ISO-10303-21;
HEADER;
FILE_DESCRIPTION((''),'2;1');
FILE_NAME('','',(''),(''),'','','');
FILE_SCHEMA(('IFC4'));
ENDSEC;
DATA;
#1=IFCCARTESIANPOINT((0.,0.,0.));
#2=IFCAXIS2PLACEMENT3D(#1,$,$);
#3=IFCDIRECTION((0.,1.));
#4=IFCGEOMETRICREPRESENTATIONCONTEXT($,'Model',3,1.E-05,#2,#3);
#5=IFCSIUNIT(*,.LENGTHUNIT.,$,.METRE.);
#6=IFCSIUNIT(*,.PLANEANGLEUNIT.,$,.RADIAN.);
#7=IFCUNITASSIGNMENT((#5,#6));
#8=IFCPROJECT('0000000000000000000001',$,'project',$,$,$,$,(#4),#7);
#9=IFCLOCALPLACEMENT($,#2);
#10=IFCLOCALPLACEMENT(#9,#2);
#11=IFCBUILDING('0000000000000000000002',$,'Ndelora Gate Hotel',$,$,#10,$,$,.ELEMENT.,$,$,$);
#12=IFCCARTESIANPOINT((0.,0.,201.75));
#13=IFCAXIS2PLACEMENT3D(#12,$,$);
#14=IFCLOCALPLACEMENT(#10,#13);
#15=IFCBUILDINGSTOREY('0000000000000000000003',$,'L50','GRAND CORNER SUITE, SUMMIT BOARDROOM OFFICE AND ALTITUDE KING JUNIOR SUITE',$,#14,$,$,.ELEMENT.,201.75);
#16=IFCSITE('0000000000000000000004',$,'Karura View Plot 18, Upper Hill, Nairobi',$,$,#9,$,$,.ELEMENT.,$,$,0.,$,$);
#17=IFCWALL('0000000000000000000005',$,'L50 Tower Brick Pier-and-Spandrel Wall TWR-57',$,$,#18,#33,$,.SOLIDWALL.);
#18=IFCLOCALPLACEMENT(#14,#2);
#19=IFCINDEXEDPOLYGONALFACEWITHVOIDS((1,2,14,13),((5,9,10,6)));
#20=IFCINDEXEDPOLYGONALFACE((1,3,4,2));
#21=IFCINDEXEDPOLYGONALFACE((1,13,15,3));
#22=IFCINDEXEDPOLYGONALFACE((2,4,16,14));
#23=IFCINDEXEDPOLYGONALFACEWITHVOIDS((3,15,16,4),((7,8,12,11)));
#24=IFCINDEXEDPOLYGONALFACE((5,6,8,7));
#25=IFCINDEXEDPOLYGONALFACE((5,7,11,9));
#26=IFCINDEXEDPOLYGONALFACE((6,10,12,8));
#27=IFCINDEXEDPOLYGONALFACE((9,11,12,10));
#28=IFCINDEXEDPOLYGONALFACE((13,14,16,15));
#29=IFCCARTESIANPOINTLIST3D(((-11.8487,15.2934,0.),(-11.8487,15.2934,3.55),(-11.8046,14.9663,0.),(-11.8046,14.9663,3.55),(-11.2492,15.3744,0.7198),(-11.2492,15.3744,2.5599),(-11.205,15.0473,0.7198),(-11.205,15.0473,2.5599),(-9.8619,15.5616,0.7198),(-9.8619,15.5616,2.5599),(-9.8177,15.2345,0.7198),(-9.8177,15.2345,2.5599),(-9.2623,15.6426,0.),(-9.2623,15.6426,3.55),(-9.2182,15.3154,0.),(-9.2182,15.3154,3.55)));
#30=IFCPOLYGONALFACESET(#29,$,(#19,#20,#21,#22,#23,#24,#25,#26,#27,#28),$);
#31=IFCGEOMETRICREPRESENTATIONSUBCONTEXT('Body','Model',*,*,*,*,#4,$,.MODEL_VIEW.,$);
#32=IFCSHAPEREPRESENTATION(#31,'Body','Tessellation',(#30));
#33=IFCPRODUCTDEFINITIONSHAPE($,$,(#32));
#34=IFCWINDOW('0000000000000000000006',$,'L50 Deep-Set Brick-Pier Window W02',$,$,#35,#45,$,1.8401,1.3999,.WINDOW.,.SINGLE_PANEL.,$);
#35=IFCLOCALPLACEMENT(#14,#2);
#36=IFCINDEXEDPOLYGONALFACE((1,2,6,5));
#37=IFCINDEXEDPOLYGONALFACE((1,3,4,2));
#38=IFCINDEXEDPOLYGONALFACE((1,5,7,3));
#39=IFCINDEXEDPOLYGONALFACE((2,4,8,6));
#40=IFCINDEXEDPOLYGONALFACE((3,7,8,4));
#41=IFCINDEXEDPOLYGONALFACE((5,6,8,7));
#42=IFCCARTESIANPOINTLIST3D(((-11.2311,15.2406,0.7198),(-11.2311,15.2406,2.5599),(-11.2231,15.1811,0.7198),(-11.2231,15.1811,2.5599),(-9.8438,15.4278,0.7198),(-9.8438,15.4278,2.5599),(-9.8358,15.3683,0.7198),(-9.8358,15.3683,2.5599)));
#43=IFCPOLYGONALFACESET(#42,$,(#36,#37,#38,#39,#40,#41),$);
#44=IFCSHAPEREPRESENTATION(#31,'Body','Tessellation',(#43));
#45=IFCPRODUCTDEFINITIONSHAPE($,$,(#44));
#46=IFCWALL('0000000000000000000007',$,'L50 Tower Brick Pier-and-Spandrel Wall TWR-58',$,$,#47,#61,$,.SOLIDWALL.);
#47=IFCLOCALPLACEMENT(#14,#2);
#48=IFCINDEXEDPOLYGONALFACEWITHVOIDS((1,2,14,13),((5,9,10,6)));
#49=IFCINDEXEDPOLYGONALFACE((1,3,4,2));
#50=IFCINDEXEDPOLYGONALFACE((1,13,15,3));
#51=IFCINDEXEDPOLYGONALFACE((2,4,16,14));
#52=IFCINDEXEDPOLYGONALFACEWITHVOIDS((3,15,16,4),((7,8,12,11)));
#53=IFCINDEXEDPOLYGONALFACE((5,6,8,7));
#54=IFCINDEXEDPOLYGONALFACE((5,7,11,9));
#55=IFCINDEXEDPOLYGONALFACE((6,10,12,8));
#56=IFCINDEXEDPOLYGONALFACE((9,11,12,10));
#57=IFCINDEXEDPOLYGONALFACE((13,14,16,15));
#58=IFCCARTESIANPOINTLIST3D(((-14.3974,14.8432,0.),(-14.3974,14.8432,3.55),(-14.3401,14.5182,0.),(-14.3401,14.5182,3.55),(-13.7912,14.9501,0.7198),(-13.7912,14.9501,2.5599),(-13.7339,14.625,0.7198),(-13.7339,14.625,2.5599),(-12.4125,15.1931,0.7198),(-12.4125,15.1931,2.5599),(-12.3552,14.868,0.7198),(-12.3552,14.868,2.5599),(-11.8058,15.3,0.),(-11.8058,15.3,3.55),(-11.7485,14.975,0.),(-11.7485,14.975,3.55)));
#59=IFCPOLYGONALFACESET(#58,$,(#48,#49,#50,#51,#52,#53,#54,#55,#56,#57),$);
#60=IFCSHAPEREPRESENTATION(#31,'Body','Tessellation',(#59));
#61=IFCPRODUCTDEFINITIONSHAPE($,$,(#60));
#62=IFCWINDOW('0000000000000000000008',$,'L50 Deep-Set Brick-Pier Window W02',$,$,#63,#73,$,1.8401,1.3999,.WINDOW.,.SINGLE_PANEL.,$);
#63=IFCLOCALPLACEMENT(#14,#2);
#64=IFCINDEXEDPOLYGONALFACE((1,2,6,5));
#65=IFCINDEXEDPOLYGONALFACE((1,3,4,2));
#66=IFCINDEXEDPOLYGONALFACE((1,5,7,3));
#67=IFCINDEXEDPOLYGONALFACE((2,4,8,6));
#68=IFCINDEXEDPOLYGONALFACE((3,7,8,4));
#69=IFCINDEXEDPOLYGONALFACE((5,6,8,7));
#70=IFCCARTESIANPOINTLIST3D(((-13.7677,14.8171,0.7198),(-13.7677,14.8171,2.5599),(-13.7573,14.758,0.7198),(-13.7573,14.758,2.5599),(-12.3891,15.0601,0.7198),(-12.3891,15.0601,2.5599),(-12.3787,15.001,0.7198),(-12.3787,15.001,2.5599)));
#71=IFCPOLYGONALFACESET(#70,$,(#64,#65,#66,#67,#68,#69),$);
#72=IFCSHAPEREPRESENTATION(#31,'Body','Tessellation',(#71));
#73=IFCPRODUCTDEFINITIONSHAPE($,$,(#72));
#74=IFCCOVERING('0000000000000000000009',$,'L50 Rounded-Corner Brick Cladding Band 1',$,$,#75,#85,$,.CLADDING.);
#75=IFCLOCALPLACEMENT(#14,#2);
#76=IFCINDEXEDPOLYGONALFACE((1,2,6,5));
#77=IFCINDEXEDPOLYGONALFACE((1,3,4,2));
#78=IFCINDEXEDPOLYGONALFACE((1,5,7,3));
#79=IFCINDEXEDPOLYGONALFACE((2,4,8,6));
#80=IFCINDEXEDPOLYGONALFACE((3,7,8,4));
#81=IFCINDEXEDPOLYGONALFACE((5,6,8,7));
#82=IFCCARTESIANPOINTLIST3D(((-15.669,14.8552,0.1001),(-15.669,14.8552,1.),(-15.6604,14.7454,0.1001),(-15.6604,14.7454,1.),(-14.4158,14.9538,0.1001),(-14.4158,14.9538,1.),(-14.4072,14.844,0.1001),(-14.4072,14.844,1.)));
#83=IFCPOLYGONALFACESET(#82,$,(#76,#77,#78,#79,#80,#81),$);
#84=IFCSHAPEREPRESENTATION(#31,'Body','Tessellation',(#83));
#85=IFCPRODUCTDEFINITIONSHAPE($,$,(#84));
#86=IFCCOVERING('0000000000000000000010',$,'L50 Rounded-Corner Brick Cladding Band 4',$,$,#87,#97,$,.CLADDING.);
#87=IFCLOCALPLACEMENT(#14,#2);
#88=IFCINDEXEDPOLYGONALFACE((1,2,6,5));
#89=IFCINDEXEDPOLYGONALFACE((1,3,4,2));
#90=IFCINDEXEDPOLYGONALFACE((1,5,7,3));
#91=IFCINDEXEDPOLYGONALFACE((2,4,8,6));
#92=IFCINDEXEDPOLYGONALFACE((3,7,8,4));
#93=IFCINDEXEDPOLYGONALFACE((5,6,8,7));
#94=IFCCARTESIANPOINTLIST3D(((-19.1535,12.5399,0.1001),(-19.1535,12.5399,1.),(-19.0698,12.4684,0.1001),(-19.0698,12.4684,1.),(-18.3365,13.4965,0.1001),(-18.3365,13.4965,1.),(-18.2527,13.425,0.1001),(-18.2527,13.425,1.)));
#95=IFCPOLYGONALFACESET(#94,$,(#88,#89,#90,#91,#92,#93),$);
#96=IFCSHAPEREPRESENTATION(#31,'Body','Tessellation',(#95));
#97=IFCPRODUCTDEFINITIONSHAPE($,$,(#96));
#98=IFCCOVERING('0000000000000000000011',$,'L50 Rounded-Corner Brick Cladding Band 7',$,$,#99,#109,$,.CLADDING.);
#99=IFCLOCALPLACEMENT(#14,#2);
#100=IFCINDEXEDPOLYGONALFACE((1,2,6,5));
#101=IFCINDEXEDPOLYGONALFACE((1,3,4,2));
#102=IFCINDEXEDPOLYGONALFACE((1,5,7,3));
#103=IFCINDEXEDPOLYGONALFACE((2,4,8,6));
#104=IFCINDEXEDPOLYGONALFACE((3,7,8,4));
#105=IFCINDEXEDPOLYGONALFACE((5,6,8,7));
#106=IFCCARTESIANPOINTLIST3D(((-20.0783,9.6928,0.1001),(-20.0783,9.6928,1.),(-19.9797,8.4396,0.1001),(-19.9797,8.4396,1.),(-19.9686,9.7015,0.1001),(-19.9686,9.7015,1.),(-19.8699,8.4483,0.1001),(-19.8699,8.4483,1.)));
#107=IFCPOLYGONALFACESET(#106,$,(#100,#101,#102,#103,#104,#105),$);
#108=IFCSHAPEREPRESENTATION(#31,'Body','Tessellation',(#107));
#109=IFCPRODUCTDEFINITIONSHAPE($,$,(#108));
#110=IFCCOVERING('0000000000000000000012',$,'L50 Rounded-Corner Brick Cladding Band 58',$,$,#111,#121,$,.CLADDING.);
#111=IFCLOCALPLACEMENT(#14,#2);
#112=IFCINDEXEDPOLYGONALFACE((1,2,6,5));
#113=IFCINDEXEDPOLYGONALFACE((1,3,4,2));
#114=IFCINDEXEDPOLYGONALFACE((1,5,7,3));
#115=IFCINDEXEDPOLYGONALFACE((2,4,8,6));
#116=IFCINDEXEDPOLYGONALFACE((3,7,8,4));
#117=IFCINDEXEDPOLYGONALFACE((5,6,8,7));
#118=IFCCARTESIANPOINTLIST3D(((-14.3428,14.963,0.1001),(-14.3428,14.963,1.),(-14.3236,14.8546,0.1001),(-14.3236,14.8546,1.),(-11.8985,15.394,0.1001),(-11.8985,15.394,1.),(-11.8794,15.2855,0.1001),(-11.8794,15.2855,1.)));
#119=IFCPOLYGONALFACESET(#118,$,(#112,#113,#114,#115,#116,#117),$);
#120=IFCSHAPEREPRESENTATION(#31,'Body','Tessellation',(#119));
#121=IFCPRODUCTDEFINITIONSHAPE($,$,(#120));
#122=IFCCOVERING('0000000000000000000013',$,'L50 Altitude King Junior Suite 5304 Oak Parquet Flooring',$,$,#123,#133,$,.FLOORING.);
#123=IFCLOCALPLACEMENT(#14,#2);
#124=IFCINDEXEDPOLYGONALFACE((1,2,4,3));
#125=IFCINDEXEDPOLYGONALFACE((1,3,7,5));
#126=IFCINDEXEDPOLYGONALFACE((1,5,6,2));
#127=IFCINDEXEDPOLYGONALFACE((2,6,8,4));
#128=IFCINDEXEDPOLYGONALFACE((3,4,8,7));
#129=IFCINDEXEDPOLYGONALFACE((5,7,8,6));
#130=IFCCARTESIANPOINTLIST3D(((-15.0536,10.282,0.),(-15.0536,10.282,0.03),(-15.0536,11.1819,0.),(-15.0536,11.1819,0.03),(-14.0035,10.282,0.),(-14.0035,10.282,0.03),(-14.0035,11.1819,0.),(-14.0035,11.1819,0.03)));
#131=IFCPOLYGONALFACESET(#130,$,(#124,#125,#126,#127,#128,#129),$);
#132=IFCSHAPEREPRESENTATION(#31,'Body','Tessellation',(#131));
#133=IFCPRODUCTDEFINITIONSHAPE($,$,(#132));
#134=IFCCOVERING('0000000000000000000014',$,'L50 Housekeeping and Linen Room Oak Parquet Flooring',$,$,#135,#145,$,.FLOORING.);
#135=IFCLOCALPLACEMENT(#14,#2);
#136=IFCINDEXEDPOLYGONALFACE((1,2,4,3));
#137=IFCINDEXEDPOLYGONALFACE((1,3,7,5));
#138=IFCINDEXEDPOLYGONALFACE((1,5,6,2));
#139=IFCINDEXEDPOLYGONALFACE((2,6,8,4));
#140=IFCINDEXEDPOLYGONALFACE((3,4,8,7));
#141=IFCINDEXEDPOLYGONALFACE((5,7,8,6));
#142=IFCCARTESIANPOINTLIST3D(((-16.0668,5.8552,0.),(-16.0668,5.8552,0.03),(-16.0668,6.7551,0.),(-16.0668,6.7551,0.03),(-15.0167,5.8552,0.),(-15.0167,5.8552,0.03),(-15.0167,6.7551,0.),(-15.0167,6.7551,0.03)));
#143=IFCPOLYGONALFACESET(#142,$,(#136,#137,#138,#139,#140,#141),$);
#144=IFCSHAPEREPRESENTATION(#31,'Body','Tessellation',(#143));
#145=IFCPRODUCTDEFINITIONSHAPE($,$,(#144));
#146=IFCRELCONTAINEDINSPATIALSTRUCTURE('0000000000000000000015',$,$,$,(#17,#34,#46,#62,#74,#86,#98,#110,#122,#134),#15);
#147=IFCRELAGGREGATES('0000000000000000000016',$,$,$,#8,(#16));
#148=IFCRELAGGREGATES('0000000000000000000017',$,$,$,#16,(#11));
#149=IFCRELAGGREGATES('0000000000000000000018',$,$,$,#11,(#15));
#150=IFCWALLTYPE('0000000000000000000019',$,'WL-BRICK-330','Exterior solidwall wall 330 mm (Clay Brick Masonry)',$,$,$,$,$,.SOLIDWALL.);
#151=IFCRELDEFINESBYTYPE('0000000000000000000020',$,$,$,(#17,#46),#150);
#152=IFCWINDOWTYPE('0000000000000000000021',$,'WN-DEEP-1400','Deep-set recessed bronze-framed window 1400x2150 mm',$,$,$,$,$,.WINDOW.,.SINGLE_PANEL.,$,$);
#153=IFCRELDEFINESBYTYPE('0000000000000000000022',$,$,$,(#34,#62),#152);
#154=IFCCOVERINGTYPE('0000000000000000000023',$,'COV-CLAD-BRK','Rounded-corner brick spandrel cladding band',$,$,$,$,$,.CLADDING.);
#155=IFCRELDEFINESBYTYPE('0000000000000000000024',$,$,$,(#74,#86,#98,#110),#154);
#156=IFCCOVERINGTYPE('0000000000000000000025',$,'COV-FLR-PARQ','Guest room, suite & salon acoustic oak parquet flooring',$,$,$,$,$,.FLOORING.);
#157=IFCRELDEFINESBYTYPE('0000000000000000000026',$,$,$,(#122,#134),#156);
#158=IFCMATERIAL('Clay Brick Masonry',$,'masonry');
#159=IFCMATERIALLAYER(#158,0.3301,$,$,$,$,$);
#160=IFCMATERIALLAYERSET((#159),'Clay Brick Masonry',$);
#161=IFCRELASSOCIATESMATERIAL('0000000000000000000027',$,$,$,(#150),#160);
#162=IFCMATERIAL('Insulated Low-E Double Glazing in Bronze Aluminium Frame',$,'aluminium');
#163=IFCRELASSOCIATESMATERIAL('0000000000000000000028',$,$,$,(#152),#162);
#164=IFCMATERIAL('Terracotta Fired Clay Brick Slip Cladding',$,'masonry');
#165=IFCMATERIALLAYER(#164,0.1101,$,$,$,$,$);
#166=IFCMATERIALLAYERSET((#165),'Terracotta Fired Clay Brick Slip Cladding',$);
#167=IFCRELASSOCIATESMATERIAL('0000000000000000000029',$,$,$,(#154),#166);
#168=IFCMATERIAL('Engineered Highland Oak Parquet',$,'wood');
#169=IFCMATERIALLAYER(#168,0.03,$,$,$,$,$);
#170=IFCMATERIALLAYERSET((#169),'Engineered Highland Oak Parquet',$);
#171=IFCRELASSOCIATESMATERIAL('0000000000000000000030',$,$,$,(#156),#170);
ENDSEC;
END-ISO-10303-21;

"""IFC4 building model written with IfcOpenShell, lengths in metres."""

from ifc_helpers import new_model, si_unit, direction, frame, frame_2d, origin, origin_2d, place, context, subcontext, project, spatial, rectangle, extrude, material, layer, layer_set, type_object, element, fill, save


model = new_model("IFC4")

# Units and contexts
model_context = context("Model", 3, precision=1e-05, world=origin(), true_north=direction((0.0, 1.0)))
body_context = subcontext(model_context, "Body", "Model", "MODEL_VIEW")
ifc_project = project(units=[si_unit("LENGTHUNIT", "METRE"), si_unit("PLANEANGLEUNIT", "RADIAN")], contexts=[model_context])

# Site, building, storey
site_placement = place(None, origin())
site = spatial("IfcSite", under=ifc_project, at=site_placement, Name="Karura View Plot 18, Upper Hill, Nairobi", CompositionType="ELEMENT", RefElevation=0.0)
building_placement = place(site_placement, origin())
building = spatial("IfcBuilding", under=site, at=building_placement, Name="Ndelora Gate Hotel", CompositionType="ELEMENT")
storey_placement = place(building_placement, frame((0.0, 0.0, 201.75)))
storey = spatial("IfcBuildingStorey", under=building, at=storey_placement, Name="L50", Description="GRAND CORNER SUITE, SUMMIT BOARDROOM OFFICE AND ALTITUDE KING JUNIOR SUITE", CompositionType="ELEMENT", Elevation=201.75)

# Shared definitions
ifc_material_1 = material(Name="Clay Brick Masonry", Category="masonry")
ifc_layer_1 = layer(ifc_material_1, 0.3301)
ifc_layer_set_1 = layer_set([ifc_layer_1], Name="Clay Brick Masonry")
wall_type = type_object("IfcWallType", Name="WL-BRICK-330", Description="Exterior solidwall wall 330 mm (Clay Brick Masonry)", PredefinedType="SOLIDWALL", material=ifc_layer_set_1)

# Walls, openings, windows
ifc_material_2 = material(Name="Insulated Low-E Double Glazing in Bronze Aluminium Frame", Category="aluminium")
window_type = type_object("IfcWindowType", Name="WN-DEEP-1400", Description="Deep-set recessed bronze-framed window 1400x2150 mm", PartitioningType="SINGLE_PANEL", PredefinedType="WINDOW", material=ifc_material_2)
wall_1_placement = place(storey_placement, frame((-11.8267, 15.1299, 0.0), z_axis=(0.0, 0.0, 1.0), x_axis=(0.991013, 0.133769, 0.0)))
wall_1 = element("IfcWall", 1, at=wall_1_placement, inside=storey, type_object=wall_type, Name="L50 Tower Brick Pier-and-Spandrel Wall TWR-57", PredefinedType="SOLIDWALL", context=body_context, shape_type="SweptSolid", body=[
    extrude(rectangle(XDim=2.6099, YDim=0.3301, at=frame_2d((1.3049, 0.0))), origin(), (0.0, 0.0, 1.0), 3.55),
])
opening_1_placement = place(wall_1_placement, frame((0.605, 0.0, 0.72)))
opening_1 = element("IfcOpeningElement", 2, at=opening_1_placement, cuts=wall_1, PredefinedType="OPENING", context=body_context, shape_type="SweptSolid", body=[
    extrude(rectangle(XDim=1.3999, YDim=1.8401, at=frame_2d((0.7, 0.9199))), frame((0.0, 0.175, 0.0), z_axis=(0.0, -1.0, 0.0), x_axis=(1.0, 0.0, 0.0)), (0.0, 0.0, 1.0), 0.3501),
])
window_1_placement = place(opening_1_placement, origin())
window_1 = element("IfcWindow", 3, at=window_1_placement, inside=storey, type_object=window_type, Name="L50 Deep-Set Brick-Pier Window W02", OverallHeight=1.8401, OverallWidth=1.3999, PartitioningType="SINGLE_PANEL", PredefinedType="WINDOW", context=body_context, shape_type="SweptSolid", body=[
    extrude(rectangle(XDim=1.3999, YDim=1.8401, at=frame_2d((0.7, 0.9199))), frame((0.0, 0.03, 0.0), z_axis=(0.0, -1.0, 0.0), x_axis=(1.0, 0.0, 0.0)), (0.0, 0.0, 1.0), 0.0601),
])
fill(opening_1, window_1)
wall_2_placement = place(storey_placement, frame((-14.3689, 14.6807, 0.0), z_axis=(0.0, 0.0, 1.0), x_axis=(0.984819, 0.173584, 0.0)))
wall_2 = element("IfcWall", 4, at=wall_2_placement, inside=storey, type_object=wall_type, Name="L50 Tower Brick Pier-and-Spandrel Wall TWR-58", PredefinedType="SOLIDWALL", context=body_context, shape_type="SweptSolid", body=[
    extrude(rectangle(XDim=2.6316, YDim=0.3301, at=frame_2d((1.3159, 0.0))), origin(), (0.0, 0.0, 1.0), 3.55),
])
opening_2_placement = place(wall_2_placement, frame((0.6157, 0.0, 0.72)))
opening_2 = element("IfcOpeningElement", 5, at=opening_2_placement, cuts=wall_2, PredefinedType="OPENING", context=body_context, shape_type="SweptSolid", body=[
    extrude(rectangle(XDim=1.3999, YDim=1.8401, at=frame_2d((0.7, 0.9199))), frame((0.0, 0.175, 0.0), z_axis=(0.0, -1.0, 0.0), x_axis=(1.0, 0.0, 0.0)), (0.0, 0.0, 1.0), 0.3501),
])
window_2_placement = place(opening_2_placement, origin())
window_2 = element("IfcWindow", 6, at=window_2_placement, inside=storey, type_object=window_type, Name="L50 Deep-Set Brick-Pier Window W02", OverallHeight=1.8401, OverallWidth=1.3999, PartitioningType="SINGLE_PANEL", PredefinedType="WINDOW", context=body_context, shape_type="SweptSolid", body=[
    extrude(rectangle(XDim=1.3999, YDim=1.8401, at=frame_2d((0.7, 0.9199))), frame((0.0, 0.03, 0.0), z_axis=(0.0, -1.0, 0.0), x_axis=(1.0, 0.0, 0.0)), (0.0, 0.0, 1.0), 0.0601),
])
fill(opening_2, window_2)

# Coverings
ifc_material_3 = material(Name="Terracotta Fired Clay Brick Slip Cladding", Category="masonry")
ifc_layer_2 = layer(ifc_material_3, 0.1101)
ifc_layer_set_2 = layer_set([ifc_layer_2], Name="Terracotta Fired Clay Brick Slip Cladding")
covering_type_1 = type_object("IfcCoveringType", Name="COV-CLAD-BRK", Description="Rounded-corner brick spandrel cladding band", PredefinedType="CLADDING", material=ifc_layer_set_2)
covering_1_placement = place(storey_placement, frame((-15.0381, 14.8496, 0.1001), z_axis=(0.0, 0.0, 1.0), x_axis=(0.996917, 0.078459, 0.0)))
element("IfcCovering", 7, at=covering_1_placement, inside=storey, type_object=covering_type_1, Name="L50 Rounded-Corner Brick Cladding Band 1", PredefinedType="CLADDING", context=body_context, shape_type="SweptSolid", body=[
    extrude(rectangle(XDim=1.2571, YDim=0.1101, at=origin_2d()), origin(), (0.0, 0.0, 1.0), 0.8999),
])
covering_2_placement = place(storey_placement, frame((-18.7031, 12.9824, 0.1001), z_axis=(0.0, 0.0, 1.0), x_axis=(0.649448, 0.760406, 0.0)))
element("IfcCovering", 8, at=covering_2_placement, inside=storey, type_object=covering_type_1, Name="L50 Rounded-Corner Brick Cladding Band 4", PredefinedType="CLADDING", context=body_context, shape_type="SweptSolid", body=[
    extrude(rectangle(XDim=1.2581, YDim=0.1101, at=origin_2d()), origin(), (0.0, 0.0, 1.0), 0.8999),
])
covering_3_placement = place(storey_placement, frame((-19.9741, 9.0706, 0.1001), z_axis=(0.0, 0.0, 1.0), x_axis=(-0.078459, 0.996917, 0.0)))
element("IfcCovering", 9, at=covering_3_placement, inside=storey, type_object=covering_type_1, Name="L50 Rounded-Corner Brick Cladding Band 7", PredefinedType="CLADDING", context=body_context, shape_type="SweptSolid", body=[
    extrude(rectangle(XDim=1.2571, YDim=0.1101, at=origin_2d()), origin(), (0.0, 0.0, 1.0), 0.8999),
])
covering_4_placement = place(storey_placement, frame((-13.1111, 15.1243, 0.1001), z_axis=(0.0, 0.0, 1.0), x_axis=(0.984808, 0.173648, 0.0)))
element("IfcCovering", 10, at=covering_4_placement, inside=storey, type_object=covering_type_1, Name="L50 Rounded-Corner Brick Cladding Band 58", PredefinedType="CLADDING", context=body_context, shape_type="SweptSolid", body=[
    extrude(rectangle(XDim=2.4819, YDim=0.1101, at=origin_2d()), origin(), (0.0, 0.0, 1.0), 0.8999),
])
ifc_material_4 = material(Name="Engineered Highland Oak Parquet", Category="wood")
ifc_layer_3 = layer(ifc_material_4, 0.03)
ifc_layer_set_3 = layer_set([ifc_layer_3], Name="Engineered Highland Oak Parquet")
covering_type_2 = type_object("IfcCoveringType", Name="COV-FLR-PARQ", Description="Guest room, suite & salon acoustic oak parquet flooring", PredefinedType="FLOORING", material=ifc_layer_set_3)
for number, where, z_axis, x_axis, name in (
    (11, (-14.5286, 10.7319, 0.0), (0.0, 0.0, 1.0), (1.0, 0.0, 0.0), "L50 Altitude King Junior Suite 5304 Oak Parquet Flooring"),
    (12, (-15.5417, 6.3052, 0.0), (0.0, 0.0, 1.0), (1.0, 0.0, 0.0), "L50 Housekeeping and Linen Room Oak Parquet Flooring"),
):
    element("IfcCovering", number, at=place(storey_placement, frame(where, z_axis=z_axis, x_axis=x_axis)), inside=storey, type_object=covering_type_2, Name=name, PredefinedType="FLOORING", context=body_context, shape_type="SweptSolid", body=[
        extrude(rectangle(XDim=1.05, YDim=0.8999, at=origin_2d()), origin(), (0.0, 0.0, 1.0), 0.03),
    ])

save(model, "model.ifc")
